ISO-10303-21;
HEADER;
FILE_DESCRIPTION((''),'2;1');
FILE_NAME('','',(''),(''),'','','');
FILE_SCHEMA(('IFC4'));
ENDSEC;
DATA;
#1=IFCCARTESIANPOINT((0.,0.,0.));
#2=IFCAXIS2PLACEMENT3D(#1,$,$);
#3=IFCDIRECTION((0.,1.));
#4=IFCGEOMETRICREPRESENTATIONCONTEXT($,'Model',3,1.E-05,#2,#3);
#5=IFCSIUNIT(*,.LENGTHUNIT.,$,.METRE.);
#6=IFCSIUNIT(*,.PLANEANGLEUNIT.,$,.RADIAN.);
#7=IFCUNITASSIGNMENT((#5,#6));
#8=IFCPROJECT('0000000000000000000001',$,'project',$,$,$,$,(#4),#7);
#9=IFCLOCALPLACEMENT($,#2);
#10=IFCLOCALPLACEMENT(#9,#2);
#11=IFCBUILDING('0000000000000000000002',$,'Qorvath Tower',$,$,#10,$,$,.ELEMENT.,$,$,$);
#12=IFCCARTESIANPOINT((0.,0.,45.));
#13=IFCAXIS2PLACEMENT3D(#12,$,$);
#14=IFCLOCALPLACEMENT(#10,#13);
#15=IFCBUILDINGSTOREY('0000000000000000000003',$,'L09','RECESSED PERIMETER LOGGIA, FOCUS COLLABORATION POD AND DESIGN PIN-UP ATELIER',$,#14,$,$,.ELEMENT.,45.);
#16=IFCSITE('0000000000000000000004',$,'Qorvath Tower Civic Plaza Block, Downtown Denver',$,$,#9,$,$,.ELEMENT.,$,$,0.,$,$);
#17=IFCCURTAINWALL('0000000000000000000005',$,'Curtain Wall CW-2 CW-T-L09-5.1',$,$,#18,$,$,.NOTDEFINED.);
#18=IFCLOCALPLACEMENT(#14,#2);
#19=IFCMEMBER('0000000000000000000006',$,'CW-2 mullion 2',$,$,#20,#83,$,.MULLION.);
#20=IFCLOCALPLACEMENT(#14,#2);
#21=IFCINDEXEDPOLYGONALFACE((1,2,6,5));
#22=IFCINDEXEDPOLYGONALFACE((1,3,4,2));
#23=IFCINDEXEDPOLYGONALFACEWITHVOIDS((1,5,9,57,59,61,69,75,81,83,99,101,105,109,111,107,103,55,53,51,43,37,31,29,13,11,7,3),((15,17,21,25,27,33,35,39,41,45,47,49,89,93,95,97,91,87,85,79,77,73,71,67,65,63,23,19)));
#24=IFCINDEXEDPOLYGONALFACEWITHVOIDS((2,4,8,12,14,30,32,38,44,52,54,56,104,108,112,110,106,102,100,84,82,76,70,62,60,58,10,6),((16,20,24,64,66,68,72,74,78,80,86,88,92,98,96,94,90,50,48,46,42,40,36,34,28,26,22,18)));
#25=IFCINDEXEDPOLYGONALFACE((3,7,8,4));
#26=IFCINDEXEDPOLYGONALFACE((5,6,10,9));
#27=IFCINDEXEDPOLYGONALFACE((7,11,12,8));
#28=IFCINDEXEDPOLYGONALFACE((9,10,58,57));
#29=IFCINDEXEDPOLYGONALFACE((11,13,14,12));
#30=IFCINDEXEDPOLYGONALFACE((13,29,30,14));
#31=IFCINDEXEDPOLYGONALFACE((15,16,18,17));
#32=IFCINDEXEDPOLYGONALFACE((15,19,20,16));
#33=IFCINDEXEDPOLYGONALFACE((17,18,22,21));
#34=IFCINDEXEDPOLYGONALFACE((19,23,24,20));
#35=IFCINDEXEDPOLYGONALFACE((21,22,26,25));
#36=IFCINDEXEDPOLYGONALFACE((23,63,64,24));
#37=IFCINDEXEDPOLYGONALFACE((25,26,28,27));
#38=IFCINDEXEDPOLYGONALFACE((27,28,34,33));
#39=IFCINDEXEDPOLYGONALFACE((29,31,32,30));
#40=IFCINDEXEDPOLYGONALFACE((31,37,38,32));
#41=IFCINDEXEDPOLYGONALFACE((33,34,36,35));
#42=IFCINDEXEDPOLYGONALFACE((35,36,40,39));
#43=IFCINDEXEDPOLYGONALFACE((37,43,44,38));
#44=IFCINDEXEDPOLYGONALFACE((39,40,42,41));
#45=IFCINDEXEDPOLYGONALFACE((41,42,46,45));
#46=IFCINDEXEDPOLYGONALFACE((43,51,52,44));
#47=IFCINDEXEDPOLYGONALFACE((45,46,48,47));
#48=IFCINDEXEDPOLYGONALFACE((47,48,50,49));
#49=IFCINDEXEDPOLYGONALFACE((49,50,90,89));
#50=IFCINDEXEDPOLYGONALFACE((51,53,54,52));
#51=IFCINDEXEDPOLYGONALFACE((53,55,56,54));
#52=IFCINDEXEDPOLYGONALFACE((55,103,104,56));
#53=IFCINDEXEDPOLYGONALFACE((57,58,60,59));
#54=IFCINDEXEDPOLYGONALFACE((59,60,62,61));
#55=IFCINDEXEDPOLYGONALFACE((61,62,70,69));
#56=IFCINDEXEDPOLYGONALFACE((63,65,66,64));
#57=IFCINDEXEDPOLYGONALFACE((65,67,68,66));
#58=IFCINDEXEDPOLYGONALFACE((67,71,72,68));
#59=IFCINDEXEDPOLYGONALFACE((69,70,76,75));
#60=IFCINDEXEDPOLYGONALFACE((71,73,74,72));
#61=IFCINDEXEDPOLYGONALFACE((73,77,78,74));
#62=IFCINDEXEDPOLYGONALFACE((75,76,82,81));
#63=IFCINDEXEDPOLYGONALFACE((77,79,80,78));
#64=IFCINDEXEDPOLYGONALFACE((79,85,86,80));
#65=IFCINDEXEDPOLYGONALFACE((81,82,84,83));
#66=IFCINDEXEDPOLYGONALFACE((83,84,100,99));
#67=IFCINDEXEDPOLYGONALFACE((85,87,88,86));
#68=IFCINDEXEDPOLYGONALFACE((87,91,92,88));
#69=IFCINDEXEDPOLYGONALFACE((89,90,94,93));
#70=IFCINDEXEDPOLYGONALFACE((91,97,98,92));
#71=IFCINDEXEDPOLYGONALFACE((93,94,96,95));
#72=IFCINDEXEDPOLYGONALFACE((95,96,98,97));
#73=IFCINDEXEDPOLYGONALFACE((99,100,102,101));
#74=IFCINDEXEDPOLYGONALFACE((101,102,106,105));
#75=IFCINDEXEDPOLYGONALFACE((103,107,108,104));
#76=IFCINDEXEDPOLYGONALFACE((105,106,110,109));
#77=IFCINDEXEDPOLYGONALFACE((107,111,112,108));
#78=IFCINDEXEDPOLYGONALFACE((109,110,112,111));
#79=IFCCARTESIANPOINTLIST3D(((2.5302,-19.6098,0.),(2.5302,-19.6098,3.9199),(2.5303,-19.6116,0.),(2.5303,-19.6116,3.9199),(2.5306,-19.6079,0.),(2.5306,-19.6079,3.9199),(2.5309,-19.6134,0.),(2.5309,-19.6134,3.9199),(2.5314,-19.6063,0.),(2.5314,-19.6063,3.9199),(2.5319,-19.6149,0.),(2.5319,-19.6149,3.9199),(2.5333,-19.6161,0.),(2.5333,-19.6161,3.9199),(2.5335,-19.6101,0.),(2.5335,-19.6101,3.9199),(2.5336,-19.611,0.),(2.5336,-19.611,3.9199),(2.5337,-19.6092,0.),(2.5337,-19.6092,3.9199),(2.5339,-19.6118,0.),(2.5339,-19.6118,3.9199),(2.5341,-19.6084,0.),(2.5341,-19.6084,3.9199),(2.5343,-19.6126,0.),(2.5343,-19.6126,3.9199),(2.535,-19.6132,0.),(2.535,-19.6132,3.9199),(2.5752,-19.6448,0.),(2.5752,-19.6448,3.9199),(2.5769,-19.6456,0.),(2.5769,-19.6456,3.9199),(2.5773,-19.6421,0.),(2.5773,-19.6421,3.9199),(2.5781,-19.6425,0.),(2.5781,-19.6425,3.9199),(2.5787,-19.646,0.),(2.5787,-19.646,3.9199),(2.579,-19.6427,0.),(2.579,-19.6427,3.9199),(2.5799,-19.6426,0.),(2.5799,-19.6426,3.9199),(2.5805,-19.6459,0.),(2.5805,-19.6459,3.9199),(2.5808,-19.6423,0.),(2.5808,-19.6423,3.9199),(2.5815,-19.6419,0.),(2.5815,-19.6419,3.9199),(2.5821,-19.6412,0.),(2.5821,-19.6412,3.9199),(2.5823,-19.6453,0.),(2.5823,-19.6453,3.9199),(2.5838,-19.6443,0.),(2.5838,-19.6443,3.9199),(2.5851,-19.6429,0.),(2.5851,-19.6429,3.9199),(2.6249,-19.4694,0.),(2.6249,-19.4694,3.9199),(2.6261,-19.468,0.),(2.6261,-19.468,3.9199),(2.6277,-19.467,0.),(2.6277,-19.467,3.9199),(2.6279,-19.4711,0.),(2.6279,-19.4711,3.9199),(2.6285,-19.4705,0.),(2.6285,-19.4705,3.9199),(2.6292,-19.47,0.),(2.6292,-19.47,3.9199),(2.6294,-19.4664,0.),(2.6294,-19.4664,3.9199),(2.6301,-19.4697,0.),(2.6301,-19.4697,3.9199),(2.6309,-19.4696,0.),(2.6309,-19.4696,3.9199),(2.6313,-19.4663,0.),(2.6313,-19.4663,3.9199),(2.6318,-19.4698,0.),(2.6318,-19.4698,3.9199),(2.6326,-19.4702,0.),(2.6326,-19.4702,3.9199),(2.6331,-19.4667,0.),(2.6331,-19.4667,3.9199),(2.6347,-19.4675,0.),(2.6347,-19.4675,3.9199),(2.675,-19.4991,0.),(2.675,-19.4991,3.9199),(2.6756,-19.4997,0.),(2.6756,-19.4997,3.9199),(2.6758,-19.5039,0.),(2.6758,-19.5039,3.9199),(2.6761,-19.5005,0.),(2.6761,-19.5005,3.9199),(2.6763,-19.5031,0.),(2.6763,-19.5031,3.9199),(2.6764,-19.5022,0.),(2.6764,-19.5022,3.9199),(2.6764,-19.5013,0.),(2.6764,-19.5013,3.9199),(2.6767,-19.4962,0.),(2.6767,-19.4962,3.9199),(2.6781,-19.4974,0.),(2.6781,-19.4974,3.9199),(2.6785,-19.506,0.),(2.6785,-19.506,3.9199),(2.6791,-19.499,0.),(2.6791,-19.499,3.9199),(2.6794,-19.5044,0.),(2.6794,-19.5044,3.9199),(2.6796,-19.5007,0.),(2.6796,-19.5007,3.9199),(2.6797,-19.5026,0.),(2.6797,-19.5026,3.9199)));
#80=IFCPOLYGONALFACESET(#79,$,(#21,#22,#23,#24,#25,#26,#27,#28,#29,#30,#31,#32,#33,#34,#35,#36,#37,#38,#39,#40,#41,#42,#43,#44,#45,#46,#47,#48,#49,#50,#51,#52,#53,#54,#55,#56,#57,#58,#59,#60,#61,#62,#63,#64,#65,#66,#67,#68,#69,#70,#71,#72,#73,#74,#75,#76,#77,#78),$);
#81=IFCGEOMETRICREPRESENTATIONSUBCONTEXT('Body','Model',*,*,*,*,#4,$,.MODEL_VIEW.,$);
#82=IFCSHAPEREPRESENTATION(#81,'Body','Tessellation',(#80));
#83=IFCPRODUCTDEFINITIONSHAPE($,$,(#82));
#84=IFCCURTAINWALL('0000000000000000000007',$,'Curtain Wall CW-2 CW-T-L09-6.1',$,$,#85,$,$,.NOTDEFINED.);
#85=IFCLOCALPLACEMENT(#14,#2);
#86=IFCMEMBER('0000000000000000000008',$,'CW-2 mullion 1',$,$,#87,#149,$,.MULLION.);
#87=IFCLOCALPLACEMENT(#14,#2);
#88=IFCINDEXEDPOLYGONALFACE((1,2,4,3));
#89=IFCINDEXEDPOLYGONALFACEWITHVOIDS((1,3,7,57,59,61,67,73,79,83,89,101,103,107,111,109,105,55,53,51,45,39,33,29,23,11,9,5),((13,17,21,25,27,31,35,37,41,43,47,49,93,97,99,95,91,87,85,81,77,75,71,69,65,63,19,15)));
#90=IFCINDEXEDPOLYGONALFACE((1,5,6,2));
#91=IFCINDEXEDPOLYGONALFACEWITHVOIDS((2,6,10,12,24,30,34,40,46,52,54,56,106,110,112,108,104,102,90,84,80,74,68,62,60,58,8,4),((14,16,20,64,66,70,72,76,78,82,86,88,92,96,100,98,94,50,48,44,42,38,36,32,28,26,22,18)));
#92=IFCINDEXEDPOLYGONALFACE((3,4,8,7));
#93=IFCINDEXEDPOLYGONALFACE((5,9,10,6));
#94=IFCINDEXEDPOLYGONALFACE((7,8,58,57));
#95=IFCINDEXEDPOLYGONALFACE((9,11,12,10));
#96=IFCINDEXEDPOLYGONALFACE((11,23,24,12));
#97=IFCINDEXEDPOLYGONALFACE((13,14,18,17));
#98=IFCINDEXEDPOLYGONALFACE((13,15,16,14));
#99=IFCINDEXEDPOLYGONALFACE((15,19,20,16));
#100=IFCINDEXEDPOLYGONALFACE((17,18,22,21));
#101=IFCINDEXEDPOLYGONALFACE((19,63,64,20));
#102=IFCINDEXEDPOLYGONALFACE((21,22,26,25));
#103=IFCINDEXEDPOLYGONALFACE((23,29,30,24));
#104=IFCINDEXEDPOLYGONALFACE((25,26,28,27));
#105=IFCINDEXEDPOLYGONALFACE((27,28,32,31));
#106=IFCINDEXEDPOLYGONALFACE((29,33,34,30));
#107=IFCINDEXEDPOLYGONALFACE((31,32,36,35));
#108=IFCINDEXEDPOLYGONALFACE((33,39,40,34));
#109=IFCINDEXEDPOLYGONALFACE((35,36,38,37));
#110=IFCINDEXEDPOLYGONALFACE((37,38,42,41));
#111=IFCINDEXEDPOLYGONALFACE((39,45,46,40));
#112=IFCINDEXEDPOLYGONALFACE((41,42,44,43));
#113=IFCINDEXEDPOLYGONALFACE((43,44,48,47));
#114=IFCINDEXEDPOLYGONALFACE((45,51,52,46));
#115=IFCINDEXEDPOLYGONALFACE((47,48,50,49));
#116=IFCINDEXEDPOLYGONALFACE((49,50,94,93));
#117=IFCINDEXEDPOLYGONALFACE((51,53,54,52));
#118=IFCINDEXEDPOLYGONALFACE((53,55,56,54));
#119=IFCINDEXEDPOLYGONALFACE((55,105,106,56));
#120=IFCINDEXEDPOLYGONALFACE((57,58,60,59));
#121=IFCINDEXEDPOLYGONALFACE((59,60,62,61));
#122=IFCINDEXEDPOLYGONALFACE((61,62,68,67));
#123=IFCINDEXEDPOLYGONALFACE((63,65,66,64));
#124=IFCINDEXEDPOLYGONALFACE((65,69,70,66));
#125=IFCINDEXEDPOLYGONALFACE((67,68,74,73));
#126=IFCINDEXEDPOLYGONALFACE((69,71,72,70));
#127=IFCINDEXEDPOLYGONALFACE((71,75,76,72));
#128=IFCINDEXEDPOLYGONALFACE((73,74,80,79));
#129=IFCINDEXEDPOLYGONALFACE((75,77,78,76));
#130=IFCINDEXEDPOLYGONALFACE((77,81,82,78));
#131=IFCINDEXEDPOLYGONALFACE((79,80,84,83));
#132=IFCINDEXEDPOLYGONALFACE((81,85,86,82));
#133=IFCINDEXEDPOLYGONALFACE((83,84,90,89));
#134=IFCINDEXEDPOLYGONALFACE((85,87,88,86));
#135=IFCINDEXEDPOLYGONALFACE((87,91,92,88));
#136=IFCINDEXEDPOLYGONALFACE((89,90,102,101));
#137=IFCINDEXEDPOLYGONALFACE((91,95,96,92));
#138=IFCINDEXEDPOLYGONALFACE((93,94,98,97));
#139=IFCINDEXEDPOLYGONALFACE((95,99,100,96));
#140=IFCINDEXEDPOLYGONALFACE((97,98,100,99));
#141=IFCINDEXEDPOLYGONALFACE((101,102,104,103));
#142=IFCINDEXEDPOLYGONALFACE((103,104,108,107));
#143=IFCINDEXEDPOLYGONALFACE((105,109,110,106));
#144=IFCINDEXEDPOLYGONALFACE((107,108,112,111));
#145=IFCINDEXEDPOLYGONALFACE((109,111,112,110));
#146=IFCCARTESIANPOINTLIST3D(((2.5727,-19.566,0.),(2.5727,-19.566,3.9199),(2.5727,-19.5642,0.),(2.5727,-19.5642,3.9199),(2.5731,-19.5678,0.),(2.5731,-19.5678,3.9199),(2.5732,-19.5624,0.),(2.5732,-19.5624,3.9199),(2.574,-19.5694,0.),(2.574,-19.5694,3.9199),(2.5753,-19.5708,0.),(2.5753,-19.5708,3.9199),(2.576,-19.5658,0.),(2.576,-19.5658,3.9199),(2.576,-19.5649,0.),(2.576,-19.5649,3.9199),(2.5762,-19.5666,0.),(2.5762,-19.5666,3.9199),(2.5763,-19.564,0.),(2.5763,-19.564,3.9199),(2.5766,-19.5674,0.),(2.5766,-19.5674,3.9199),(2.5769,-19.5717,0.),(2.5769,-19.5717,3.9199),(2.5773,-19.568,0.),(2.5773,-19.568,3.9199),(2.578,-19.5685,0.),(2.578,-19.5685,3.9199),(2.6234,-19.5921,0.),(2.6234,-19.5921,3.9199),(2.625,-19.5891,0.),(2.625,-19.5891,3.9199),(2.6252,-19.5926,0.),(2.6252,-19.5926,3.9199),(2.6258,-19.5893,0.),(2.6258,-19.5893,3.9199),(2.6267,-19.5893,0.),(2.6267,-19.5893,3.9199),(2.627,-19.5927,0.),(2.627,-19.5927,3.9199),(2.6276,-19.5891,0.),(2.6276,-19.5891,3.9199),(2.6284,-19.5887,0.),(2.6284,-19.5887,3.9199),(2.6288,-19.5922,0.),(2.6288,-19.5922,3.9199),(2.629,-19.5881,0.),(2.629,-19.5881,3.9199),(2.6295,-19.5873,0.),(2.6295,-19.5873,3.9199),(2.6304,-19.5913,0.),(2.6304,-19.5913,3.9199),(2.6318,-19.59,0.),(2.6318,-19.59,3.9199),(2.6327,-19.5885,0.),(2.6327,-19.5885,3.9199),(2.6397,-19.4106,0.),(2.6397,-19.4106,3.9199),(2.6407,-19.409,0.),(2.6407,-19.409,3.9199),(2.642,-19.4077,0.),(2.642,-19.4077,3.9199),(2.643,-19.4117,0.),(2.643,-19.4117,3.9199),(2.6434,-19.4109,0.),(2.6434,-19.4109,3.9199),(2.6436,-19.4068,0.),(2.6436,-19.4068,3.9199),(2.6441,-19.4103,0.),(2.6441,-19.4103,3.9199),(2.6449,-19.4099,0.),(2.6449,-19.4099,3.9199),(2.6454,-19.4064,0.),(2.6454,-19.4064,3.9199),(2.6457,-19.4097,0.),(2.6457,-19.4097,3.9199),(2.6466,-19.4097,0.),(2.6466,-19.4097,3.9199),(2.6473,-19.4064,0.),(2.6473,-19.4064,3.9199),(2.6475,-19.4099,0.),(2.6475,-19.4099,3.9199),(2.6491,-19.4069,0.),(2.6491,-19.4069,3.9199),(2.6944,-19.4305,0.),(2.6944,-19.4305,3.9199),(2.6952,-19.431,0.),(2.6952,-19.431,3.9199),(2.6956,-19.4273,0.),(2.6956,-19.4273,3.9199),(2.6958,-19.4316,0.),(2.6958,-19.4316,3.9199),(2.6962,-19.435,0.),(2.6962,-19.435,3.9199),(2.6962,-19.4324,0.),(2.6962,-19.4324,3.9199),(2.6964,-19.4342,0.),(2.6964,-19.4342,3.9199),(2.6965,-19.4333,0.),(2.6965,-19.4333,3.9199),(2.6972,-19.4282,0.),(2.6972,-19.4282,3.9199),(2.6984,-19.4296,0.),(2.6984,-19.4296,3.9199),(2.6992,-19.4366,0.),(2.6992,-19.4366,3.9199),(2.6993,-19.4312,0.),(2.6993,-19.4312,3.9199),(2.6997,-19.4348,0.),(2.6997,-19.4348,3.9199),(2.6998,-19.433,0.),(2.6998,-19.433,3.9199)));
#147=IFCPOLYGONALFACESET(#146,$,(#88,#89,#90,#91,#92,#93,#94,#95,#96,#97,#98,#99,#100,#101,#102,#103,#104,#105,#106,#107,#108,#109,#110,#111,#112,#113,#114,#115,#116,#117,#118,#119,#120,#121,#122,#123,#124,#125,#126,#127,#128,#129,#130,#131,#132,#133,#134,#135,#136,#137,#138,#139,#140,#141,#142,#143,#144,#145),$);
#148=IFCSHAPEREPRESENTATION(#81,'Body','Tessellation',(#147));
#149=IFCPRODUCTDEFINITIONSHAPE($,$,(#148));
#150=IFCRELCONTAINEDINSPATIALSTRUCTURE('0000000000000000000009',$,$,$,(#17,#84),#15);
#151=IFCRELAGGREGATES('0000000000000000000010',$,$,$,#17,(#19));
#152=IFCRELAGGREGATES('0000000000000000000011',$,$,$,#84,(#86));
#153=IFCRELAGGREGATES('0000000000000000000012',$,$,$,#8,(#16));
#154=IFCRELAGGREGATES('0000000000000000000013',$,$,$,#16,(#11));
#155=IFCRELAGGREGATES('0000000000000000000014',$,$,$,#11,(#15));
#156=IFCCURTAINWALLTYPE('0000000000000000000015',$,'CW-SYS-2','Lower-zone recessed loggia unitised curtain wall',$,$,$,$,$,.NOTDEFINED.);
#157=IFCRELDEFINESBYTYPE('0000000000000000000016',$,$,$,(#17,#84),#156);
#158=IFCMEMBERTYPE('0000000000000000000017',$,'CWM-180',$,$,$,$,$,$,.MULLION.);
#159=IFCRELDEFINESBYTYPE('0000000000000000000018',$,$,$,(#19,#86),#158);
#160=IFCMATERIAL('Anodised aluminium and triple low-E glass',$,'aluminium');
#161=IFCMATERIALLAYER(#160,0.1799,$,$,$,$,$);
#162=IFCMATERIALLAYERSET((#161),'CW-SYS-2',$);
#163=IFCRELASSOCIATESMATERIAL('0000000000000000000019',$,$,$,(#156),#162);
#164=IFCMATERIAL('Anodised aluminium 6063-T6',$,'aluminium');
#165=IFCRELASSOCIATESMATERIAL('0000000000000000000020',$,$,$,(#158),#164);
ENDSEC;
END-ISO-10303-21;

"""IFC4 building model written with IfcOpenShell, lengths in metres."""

from ifc_helpers import new_model, si_unit, direction, frame, origin, origin_2d, place, context, subcontext, project, spatial, hollow_rectangle, extrude, material, layer, layer_set, material_profile, profile_set, type_object, element, aggregate, save


model = new_model("IFC4")

# Units and contexts
model_context = context("Model", 3, precision=1e-05, world=origin(), true_north=direction((0.0, 1.0)))
body_context = subcontext(model_context, "Body", "Model", "MODEL_VIEW")
ifc_project = project(units=[si_unit("LENGTHUNIT", "METRE"), si_unit("PLANEANGLEUNIT", "RADIAN")], contexts=[model_context])

# Site, building, storey
site_placement = place(None, origin())
site = spatial("IfcSite", under=ifc_project, at=site_placement, Name="Qorvath Tower Civic Plaza Block, Downtown Denver", CompositionType="ELEMENT", RefElevation=0.0)
building_placement = place(site_placement, origin())
building = spatial("IfcBuilding", under=site, at=building_placement, Name="Qorvath Tower", CompositionType="ELEMENT")
storey_placement = place(building_placement, frame((0.0, 0.0, 45.0)))
storey = spatial("IfcBuildingStorey", under=building, at=storey_placement, Name="L09", Description="RECESSED PERIMETER LOGGIA, FOCUS COLLABORATION POD AND DESIGN PIN-UP ATELIER", CompositionType="ELEMENT", Elevation=45.0)

# Curtain wall, member
ifc_material_1 = material(Name="Anodised aluminium and triple low-E glass", Category="aluminium")
ifc_layer_1 = layer(ifc_material_1, 0.1799)
ifc_layer_set_1 = layer_set([ifc_layer_1], Name="CW-SYS-2")
curtain_wall_type = type_object("IfcCurtainWallType", Name="CW-SYS-2", Description="Lower-zone recessed loggia unitised curtain wall", PredefinedType="NOTDEFINED", material=ifc_layer_set_1)
curtain_wall_1_placement = place(storey_placement, origin())
curtain_wall_1 = element("IfcCurtainWall", 1, at=curtain_wall_1_placement, inside=storey, type_object=curtain_wall_type, Name="Curtain Wall CW-2 CW-T-L09-5.1", PredefinedType="NOTDEFINED")
ifc_material_2 = material(Name="Anodised aluminium 6063-T6", Category="aluminium")
ifc_material_profile_1 = material_profile(ifc_material_2, hollow_rectangle(XDim=0.0649, YDim=0.1799, WallThickness=0.0034, InnerFilletRadius=0.0034, OuterFilletRadius=0.0071, at=origin_2d()), Name="CWM 180x65")
ifc_profile_set_1 = profile_set([ifc_material_profile_1], Name="Anodised aluminium 6063-T6")
member_type_1 = type_object("IfcMemberType", Name="CWM-180", PredefinedType="MULLION", material=ifc_profile_set_1)
member_1_placement = place(storey_placement, frame((2.605, -19.5562, 0.0), z_axis=(0.0, 0.0, 1.0), x_axis=(-0.825849, 0.563891, 0.0)))
member_1 = element("IfcMember", 2, at=member_1_placement, type_object=member_type_1, Name="CW-2 mullion 2", PredefinedType="MULLION", context=body_context, shape_type="SweptSolid", body=[
    extrude(hollow_rectangle(XDim=0.0649, YDim=0.1799, WallThickness=0.0034, InnerFilletRadius=0.0034, OuterFilletRadius=0.0071, at=origin_2d()), origin(), (0.0, 0.0, 1.0), 3.9199),
])
aggregate(curtain_wall_1, [member_1])

# Curtain wall, member
curtain_wall_2_placement = place(storey_placement, origin())
curtain_wall_2 = element("IfcCurtainWall", 3, at=curtain_wall_2_placement, inside=storey, type_object=curtain_wall_type, Name="Curtain Wall CW-2 CW-T-L09-6.1", PredefinedType="NOTDEFINED")
member_2_placement = place(storey_placement, frame((2.6362, -19.4995, 0.0), z_axis=(0.0, 0.0, 1.0), x_axis=(-0.916001, 0.401177, 0.0)))
member_2 = element("IfcMember", 4, at=member_2_placement, type_object=member_type_1, Name="CW-2 mullion 1", PredefinedType="MULLION", context=body_context, shape_type="SweptSolid", body=[
    extrude(hollow_rectangle(XDim=0.0649, YDim=0.1799, WallThickness=0.0034, InnerFilletRadius=0.0034, OuterFilletRadius=0.0071, at=origin_2d()), origin(), (0.0, 0.0, 1.0), 3.9199),
])

aggregate(curtain_wall_2, [member_2])

save(model, "model.ifc")
